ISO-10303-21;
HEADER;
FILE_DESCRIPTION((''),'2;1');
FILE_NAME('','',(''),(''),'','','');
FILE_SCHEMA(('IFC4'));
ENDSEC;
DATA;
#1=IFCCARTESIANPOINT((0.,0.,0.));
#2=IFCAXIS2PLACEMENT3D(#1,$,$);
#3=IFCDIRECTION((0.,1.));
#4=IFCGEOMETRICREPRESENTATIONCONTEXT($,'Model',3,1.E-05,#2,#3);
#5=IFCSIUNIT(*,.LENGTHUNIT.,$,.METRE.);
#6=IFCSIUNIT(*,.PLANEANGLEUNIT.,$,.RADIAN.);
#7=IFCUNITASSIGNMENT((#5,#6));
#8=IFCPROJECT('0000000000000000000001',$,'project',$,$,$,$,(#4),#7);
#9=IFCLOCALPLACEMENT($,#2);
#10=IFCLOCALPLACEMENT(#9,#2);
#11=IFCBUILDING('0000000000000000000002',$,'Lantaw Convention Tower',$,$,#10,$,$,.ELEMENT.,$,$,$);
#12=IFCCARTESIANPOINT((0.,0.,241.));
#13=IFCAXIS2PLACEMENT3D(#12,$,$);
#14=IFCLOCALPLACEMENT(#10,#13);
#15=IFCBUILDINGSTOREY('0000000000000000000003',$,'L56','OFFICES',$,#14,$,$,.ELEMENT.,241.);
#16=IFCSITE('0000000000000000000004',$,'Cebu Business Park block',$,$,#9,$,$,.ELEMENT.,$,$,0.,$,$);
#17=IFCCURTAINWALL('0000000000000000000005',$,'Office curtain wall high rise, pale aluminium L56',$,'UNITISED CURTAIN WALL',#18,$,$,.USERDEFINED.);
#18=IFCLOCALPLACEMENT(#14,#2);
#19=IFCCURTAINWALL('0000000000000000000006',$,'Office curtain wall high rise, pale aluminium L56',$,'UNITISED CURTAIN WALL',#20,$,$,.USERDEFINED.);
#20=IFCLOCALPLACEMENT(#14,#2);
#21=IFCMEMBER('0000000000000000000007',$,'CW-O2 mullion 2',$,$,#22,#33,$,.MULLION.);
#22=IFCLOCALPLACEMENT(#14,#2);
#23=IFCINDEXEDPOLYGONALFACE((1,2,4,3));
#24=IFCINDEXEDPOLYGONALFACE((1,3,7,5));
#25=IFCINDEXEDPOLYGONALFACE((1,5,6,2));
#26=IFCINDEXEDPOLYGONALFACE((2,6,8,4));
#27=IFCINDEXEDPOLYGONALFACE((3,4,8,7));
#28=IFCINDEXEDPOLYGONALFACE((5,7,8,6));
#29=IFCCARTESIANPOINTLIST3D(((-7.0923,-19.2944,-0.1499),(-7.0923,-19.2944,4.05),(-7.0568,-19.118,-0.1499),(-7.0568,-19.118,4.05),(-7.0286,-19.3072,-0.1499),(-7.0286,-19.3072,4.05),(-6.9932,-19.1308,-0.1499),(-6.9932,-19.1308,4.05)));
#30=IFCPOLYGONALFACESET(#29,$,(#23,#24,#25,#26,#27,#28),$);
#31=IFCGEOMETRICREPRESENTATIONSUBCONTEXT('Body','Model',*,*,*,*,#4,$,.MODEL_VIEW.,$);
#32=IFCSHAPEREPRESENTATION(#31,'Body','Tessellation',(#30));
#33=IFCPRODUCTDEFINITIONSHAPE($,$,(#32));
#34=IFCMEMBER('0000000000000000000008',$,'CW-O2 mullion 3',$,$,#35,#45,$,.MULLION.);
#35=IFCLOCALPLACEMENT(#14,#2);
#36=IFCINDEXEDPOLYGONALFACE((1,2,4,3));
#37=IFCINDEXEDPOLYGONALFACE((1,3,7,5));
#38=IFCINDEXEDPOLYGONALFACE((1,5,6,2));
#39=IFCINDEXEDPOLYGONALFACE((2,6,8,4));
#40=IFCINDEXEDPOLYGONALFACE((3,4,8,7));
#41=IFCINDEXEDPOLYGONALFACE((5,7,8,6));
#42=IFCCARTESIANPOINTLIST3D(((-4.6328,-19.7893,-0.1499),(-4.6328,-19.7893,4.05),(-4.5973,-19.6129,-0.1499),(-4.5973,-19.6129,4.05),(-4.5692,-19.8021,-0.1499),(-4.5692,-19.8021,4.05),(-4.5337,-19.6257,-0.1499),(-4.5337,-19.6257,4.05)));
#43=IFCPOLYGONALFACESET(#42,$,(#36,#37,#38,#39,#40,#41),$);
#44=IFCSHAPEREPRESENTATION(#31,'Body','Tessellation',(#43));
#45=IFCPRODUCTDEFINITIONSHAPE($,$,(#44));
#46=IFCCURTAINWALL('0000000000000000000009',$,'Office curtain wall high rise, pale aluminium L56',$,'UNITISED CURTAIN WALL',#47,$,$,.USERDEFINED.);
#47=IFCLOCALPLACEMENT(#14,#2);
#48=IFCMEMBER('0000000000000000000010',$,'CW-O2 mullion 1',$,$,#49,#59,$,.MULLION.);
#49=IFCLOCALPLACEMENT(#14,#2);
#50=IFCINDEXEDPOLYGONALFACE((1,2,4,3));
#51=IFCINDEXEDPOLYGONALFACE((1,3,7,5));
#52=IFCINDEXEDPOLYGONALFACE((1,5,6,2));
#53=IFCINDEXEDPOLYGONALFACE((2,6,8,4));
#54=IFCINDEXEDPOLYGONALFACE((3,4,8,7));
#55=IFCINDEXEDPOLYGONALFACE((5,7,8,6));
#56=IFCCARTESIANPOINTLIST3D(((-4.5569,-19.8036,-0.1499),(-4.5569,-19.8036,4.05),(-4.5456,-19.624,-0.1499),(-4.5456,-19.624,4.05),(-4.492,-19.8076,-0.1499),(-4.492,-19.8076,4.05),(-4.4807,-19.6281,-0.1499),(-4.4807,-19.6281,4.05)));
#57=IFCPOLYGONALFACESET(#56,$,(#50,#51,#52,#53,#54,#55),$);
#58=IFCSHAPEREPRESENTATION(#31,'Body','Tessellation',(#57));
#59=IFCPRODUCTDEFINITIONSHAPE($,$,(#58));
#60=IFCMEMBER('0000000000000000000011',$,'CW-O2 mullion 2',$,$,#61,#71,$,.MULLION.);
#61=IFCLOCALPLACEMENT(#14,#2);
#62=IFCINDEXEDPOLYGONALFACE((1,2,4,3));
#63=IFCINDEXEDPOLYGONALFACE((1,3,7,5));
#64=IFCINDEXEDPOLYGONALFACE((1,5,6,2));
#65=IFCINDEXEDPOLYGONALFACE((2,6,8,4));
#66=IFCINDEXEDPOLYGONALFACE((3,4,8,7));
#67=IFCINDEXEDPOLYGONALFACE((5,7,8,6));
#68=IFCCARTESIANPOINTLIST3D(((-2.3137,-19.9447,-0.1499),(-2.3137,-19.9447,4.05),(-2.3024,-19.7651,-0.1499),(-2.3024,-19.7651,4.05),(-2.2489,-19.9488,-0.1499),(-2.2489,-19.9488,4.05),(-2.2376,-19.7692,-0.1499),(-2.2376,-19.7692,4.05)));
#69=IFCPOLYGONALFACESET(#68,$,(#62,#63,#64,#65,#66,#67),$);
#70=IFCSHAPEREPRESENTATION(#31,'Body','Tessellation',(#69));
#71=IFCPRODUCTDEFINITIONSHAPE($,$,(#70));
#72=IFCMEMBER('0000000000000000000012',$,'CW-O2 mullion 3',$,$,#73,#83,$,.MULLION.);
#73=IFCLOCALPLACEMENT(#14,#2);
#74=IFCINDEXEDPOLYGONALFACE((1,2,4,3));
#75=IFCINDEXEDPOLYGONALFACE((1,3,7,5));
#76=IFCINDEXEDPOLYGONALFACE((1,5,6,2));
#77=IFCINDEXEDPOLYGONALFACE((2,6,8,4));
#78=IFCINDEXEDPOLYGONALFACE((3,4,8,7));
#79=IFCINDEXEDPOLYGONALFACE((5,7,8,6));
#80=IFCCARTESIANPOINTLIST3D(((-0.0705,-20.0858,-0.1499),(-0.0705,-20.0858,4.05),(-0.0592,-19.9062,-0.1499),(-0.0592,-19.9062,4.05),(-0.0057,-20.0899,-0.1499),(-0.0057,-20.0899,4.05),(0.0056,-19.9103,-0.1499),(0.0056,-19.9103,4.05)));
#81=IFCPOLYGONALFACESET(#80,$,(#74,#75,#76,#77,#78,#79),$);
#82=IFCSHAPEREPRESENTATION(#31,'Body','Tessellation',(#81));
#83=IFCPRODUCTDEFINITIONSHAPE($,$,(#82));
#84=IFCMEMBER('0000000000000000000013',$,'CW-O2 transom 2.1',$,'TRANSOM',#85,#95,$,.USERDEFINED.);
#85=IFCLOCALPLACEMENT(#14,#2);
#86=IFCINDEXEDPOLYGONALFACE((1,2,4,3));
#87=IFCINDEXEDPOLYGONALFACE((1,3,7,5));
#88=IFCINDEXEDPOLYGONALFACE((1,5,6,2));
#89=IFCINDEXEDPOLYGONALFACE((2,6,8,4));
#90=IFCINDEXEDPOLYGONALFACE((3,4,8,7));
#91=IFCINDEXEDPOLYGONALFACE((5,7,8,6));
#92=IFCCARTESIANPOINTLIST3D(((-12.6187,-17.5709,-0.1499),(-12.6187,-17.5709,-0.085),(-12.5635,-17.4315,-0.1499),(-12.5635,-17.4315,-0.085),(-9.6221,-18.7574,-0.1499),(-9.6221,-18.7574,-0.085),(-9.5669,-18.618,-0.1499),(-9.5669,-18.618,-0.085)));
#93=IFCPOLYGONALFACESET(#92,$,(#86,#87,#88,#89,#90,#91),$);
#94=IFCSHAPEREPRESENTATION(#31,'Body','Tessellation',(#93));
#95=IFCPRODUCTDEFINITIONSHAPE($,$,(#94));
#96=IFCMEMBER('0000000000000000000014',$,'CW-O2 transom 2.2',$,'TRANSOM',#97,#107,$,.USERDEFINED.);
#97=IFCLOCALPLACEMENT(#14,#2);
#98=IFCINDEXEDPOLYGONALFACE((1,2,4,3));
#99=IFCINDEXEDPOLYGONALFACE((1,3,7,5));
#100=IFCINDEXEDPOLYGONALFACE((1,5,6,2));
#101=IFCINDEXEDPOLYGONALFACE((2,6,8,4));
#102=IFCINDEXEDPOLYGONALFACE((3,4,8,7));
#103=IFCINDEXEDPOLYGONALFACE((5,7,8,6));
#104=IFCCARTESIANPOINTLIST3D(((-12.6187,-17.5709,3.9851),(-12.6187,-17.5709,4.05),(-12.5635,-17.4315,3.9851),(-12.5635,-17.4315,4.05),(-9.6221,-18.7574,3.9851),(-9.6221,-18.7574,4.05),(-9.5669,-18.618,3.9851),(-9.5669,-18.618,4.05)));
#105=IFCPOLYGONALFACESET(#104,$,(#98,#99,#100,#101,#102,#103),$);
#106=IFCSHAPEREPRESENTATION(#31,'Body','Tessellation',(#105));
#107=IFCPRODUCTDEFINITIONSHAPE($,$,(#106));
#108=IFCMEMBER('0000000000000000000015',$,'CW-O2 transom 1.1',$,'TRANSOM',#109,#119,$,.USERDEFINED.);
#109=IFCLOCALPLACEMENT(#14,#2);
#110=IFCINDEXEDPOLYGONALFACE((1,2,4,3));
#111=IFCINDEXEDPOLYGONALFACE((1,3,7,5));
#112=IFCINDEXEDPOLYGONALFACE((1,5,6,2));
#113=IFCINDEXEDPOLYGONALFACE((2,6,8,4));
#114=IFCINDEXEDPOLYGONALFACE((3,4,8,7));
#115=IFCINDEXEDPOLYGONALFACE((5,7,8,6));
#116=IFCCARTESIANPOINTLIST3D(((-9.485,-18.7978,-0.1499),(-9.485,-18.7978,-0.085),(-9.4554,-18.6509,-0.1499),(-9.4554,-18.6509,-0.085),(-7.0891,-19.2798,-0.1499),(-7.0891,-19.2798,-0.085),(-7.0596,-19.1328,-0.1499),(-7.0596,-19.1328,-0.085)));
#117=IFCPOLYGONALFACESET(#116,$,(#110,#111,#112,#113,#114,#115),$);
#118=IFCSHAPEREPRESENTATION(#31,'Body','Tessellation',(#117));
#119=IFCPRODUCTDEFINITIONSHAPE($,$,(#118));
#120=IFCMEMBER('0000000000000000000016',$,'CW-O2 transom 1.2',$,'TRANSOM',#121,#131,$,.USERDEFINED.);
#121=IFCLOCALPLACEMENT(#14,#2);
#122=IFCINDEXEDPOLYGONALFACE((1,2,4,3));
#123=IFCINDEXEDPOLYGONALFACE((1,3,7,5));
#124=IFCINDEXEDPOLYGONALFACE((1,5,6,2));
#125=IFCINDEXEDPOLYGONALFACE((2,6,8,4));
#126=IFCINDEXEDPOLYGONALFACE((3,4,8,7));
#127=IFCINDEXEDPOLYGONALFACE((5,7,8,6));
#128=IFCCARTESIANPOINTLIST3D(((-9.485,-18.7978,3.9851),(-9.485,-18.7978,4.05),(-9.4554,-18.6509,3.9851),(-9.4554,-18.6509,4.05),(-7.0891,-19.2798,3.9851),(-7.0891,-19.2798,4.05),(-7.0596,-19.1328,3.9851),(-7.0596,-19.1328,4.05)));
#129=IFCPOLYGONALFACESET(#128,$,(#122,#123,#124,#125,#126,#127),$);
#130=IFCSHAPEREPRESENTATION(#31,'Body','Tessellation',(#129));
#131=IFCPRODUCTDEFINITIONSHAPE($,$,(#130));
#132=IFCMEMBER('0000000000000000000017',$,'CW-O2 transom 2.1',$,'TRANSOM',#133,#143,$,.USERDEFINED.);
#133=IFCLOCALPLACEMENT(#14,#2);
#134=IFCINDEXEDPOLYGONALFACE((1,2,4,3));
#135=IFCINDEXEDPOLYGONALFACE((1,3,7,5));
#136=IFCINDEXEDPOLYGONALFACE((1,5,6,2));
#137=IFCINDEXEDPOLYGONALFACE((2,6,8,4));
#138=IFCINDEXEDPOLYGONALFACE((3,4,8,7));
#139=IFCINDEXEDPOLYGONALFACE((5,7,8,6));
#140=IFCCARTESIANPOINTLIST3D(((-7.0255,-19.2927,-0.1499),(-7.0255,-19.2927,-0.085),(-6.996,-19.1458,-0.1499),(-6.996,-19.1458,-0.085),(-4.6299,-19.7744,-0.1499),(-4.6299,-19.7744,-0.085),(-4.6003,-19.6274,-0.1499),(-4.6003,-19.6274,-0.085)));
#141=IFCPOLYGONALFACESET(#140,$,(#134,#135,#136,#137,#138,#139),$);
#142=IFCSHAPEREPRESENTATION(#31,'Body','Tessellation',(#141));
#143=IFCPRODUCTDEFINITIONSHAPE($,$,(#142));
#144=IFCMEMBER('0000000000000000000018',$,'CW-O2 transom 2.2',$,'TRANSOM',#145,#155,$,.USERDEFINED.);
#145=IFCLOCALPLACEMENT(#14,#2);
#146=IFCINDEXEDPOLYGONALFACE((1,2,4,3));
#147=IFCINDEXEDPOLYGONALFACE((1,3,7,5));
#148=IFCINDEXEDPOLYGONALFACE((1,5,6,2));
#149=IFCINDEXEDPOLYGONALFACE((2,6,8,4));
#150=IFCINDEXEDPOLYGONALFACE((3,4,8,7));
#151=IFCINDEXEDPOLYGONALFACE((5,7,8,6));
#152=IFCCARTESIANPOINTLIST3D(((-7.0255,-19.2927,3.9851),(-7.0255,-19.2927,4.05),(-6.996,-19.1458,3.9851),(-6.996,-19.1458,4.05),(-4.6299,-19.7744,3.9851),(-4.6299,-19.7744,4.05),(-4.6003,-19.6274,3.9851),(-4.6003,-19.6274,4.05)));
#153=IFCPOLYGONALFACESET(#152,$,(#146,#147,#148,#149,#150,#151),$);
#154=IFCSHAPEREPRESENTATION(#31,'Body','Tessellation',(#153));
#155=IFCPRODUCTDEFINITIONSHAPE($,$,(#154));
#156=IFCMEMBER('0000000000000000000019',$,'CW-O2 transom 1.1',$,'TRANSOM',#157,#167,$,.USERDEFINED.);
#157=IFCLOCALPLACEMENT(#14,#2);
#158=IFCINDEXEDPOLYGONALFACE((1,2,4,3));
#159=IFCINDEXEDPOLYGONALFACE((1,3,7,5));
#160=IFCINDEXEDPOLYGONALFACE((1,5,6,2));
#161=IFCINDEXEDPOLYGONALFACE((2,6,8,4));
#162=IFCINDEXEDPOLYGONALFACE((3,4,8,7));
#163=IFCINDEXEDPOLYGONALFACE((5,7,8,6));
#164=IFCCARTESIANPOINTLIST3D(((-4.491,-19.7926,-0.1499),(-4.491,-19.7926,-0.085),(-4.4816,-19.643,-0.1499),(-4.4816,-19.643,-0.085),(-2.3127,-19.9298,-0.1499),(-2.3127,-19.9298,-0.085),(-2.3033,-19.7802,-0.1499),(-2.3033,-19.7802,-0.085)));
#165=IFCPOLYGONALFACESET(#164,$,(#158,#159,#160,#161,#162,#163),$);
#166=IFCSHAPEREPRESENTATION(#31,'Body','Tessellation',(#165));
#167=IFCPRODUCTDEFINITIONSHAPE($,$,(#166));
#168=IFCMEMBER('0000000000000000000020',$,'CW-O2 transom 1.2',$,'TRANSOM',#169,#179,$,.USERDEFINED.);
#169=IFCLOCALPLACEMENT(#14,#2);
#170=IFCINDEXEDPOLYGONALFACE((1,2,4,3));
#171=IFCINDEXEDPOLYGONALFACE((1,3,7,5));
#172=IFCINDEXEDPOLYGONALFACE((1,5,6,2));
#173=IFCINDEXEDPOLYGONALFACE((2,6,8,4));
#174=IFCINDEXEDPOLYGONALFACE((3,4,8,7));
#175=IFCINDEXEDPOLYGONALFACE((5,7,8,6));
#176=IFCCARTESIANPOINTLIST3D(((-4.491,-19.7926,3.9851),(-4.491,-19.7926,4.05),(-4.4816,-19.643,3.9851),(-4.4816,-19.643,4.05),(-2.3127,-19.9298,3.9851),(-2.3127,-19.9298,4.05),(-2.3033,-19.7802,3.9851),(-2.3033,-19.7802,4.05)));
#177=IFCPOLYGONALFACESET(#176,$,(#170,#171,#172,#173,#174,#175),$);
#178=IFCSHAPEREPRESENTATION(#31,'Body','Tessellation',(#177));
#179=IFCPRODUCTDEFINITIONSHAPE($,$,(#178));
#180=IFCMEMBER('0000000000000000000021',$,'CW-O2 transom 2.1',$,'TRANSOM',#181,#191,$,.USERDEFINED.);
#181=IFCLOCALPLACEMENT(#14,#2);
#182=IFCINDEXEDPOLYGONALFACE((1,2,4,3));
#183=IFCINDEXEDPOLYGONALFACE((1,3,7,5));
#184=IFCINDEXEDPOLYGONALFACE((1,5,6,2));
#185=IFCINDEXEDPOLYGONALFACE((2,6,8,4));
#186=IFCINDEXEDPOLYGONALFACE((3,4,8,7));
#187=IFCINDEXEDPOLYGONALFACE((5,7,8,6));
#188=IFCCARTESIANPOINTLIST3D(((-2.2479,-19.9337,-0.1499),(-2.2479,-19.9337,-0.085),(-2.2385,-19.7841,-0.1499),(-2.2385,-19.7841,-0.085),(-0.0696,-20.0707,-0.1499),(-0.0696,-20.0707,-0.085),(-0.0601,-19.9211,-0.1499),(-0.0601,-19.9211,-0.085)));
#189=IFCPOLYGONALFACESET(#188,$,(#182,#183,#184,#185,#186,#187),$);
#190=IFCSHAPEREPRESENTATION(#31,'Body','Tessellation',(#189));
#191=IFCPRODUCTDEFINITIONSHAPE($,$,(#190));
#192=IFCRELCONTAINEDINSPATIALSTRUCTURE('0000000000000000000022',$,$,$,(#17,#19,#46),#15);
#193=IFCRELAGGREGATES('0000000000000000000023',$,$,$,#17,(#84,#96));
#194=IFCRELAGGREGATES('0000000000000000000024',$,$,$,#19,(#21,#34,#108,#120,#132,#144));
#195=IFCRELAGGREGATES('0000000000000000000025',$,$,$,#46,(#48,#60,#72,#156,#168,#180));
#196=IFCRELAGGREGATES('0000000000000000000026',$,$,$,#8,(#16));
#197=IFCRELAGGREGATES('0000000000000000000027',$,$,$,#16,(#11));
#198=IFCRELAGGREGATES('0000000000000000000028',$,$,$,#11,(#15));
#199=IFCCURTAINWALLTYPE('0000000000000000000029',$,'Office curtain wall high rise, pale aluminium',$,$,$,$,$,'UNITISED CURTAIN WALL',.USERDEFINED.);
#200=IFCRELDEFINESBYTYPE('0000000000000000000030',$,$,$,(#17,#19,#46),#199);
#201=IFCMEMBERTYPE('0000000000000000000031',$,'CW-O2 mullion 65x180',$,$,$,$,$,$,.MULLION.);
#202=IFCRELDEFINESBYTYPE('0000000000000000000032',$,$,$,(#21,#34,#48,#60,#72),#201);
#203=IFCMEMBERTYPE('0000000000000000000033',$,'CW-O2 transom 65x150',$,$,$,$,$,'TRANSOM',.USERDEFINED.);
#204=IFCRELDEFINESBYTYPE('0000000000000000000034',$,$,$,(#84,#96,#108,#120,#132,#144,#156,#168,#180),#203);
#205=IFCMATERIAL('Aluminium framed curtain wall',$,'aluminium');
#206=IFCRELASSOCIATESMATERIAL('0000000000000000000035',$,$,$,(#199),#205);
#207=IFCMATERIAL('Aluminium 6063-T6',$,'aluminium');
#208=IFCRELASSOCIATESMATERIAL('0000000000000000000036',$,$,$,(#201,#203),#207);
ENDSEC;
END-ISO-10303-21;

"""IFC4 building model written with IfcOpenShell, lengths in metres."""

from ifc_helpers import new_model, si_unit, direction, frame, origin, origin_2d, place, context, subcontext, project, spatial, rectangle, extrude, material, material_profile, profile_set, type_object, element, aggregate, save


model = new_model("IFC4")

# Units and contexts
model_context = context("Model", 3, precision=1e-05, world=origin(), true_north=direction((0.0, 1.0)))
body_context = subcontext(model_context, "Body", "Model", "MODEL_VIEW")
ifc_project = project(units=[si_unit("LENGTHUNIT", "METRE"), si_unit("PLANEANGLEUNIT", "RADIAN")], contexts=[model_context])

# Site, building, storey
site_placement = place(None, origin())
site = spatial("IfcSite", under=ifc_project, at=site_placement, Name="Cebu Business Park block", CompositionType="ELEMENT", RefElevation=0.0)
building_placement = place(site_placement, origin())
building = spatial("IfcBuilding", under=site, at=building_placement, Name="Lantaw Convention Tower", CompositionType="ELEMENT")
storey_placement = place(building_placement, frame((0.0, 0.0, 241.0)))
storey = spatial("IfcBuildingStorey", under=building, at=storey_placement, Name="L56", Description="OFFICES", CompositionType="ELEMENT", Elevation=241.0)

# Curtain walls, members
ifc_material_1 = material(Name="Aluminium framed curtain wall", Category="aluminium")
curtain_wall_type = type_object("IfcCurtainWallType", Name="Office curtain wall high rise, pale aluminium", ElementType="UNITISED CURTAIN WALL", PredefinedType="USERDEFINED", material=ifc_material_1)
curtain_wall_1_placement = place(storey_placement, origin())
curtain_wall_1 = element("IfcCurtainWall", 1, at=curtain_wall_1_placement, inside=storey, type_object=curtain_wall_type, Name="Office curtain wall high rise, pale aluminium L56", ObjectType="UNITISED CURTAIN WALL", PredefinedType="USERDEFINED")
ifc_material_2 = material(Name="Aluminium 6063-T6", Category="aluminium")
ifc_material_profile_1 = material_profile(ifc_material_2, rectangle(XDim=0.1799, YDim=0.0649, at=origin_2d()), Name="CW-O2 mullion 65x180")
ifc_profile_set_1 = profile_set([ifc_material_profile_1], Name="Aluminium 6063-T6")
member_type_1 = type_object("IfcMemberType", Name="CW-O2 mullion 65x180", PredefinedType="MULLION", material=ifc_profile_set_1)
curtain_wall_2_placement = place(storey_placement, origin())
curtain_wall_2 = element("IfcCurtainWall", 2, at=curtain_wall_2_placement, inside=storey, type_object=curtain_wall_type, Name="Office curtain wall high rise, pale aluminium L56", ObjectType="UNITISED CURTAIN WALL", PredefinedType="USERDEFINED")
member_1_placement = place(storey_placement, frame((-7.0427, -19.2126, -0.1499), z_axis=(0.0, 0.0, 1.0), x_axis=(0.197183, 0.980367, 0.0)))
member_1 = element("IfcMember", 3, at=member_1_placement, type_object=member_type_1, Name="CW-O2 mullion 2", PredefinedType="MULLION", context=body_context, shape_type="SweptSolid", body=[
    extrude(rectangle(XDim=0.1799, YDim=0.0649, at=origin_2d()), origin(), (0.0, 0.0, 1.0), 4.2),
])
member_2_placement = place(storey_placement, frame((-4.5833, -19.7075, -0.1499), z_axis=(0.0, 0.0, 1.0), x_axis=(0.197183, 0.980367, 0.0)))
member_2 = element("IfcMember", 4, at=member_2_placement, type_object=member_type_1, Name="CW-O2 mullion 3", PredefinedType="MULLION", context=body_context, shape_type="SweptSolid", body=[
    extrude(rectangle(XDim=0.1799, YDim=0.0649, at=origin_2d()), origin(), (0.0, 0.0, 1.0), 4.2),
])
curtain_wall_3_placement = place(storey_placement, origin())
curtain_wall_3 = element("IfcCurtainWall", 5, at=curtain_wall_3_placement, inside=storey, type_object=curtain_wall_type, Name="Office curtain wall high rise, pale aluminium L56", ObjectType="UNITISED CURTAIN WALL", PredefinedType="USERDEFINED")
member_3_placement = place(storey_placement, frame((-4.5188, -19.7158, -0.1499), z_axis=(0.0, 0.0, 1.0), x_axis=(0.062758, 0.998029, 0.0)))
member_3 = element("IfcMember", 6, at=member_3_placement, type_object=member_type_1, Name="CW-O2 mullion 1", PredefinedType="MULLION", context=body_context, shape_type="SweptSolid", body=[
    extrude(rectangle(XDim=0.1799, YDim=0.0649, at=origin_2d()), origin(), (0.0, 0.0, 1.0), 4.2),
])
member_4_placement = place(storey_placement, frame((-2.2756, -19.8569, -0.1499), z_axis=(0.0, 0.0, 1.0), x_axis=(0.062758, 0.998029, 0.0)))
member_4 = element("IfcMember", 7, at=member_4_placement, type_object=member_type_1, Name="CW-O2 mullion 2", PredefinedType="MULLION", context=body_context, shape_type="SweptSolid", body=[
    extrude(rectangle(XDim=0.1799, YDim=0.0649, at=origin_2d()), origin(), (0.0, 0.0, 1.0), 4.2),
])
member_5_placement = place(storey_placement, frame((-0.0325, -19.998, -0.1499), z_axis=(0.0, 0.0, 1.0), x_axis=(0.062758, 0.998029, 0.0)))
member_5 = element("IfcMember", 8, at=member_5_placement, type_object=member_type_1, Name="CW-O2 mullion 3", PredefinedType="MULLION", context=body_context, shape_type="SweptSolid", body=[
    extrude(rectangle(XDim=0.1799, YDim=0.0649, at=origin_2d()), origin(), (0.0, 0.0, 1.0), 4.2),
])

# Members
ifc_material_profile_2 = material_profile(ifc_material_2, rectangle(XDim=0.1499, YDim=0.0649, at=origin_2d()), Name="CW-O2 transom 65x150")
ifc_profile_set_2 = profile_set([ifc_material_profile_2], Name="Aluminium 6063-T6")
member_type_2 = type_object("IfcMemberType", Name="CW-O2 transom 65x150", ElementType="TRANSOM", PredefinedType="USERDEFINED", material=ifc_profile_set_2)
member_6_placement = place(storey_placement, frame((-12.5911, -17.5012, -0.1174), z_axis=(0.929767, -0.368149, 0.0), x_axis=(0.368149, 0.929767, 0.0)))
member_6 = element("IfcMember", 9, at=member_6_placement, type_object=member_type_2, Name="CW-O2 transom 2.1", ObjectType="TRANSOM", PredefinedType="USERDEFINED", context=body_context, shape_type="SweptSolid", body=[
    extrude(rectangle(XDim=0.1499, YDim=0.0649, at=origin_2d()), origin(), (0.0, 0.0, 1.0), 3.2229),
])
member_7_placement = place(storey_placement, frame((-12.5911, -17.5012, 4.0176), z_axis=(0.929767, -0.368149, 0.0), x_axis=(0.368149, 0.929767, 0.0)))
member_7 = element("IfcMember", 10, at=member_7_placement, type_object=member_type_2, Name="CW-O2 transom 2.2", ObjectType="TRANSOM", PredefinedType="USERDEFINED", context=body_context, shape_type="SweptSolid", body=[
    extrude(rectangle(XDim=0.1499, YDim=0.0649, at=origin_2d()), origin(), (0.0, 0.0, 1.0), 3.2229),
])
member_8_placement = place(storey_placement, frame((-9.4702, -18.7244, -0.1174), z_axis=(0.980361, -0.197211, 0.0), x_axis=(0.197211, 0.980361, 0.0)))
member_8 = element("IfcMember", 11, at=member_8_placement, type_object=member_type_2, Name="CW-O2 transom 1.1", ObjectType="TRANSOM", PredefinedType="USERDEFINED", context=body_context, shape_type="SweptSolid", body=[
    extrude(rectangle(XDim=0.1499, YDim=0.0649, at=origin_2d()), origin(), (0.0, 0.0, 1.0), 2.4438),
])
member_9_placement = place(storey_placement, frame((-9.4702, -18.7244, 4.0176), z_axis=(0.980361, -0.197211, 0.0), x_axis=(0.197211, 0.980361, 0.0)))
member_9 = element("IfcMember", 12, at=member_9_placement, type_object=member_type_2, Name="CW-O2 transom 1.2", ObjectType="TRANSOM", PredefinedType="USERDEFINED", context=body_context, shape_type="SweptSolid", body=[
    extrude(rectangle(XDim=0.1499, YDim=0.0649, at=origin_2d()), origin(), (0.0, 0.0, 1.0), 2.4438),
])
member_10_placement = place(storey_placement, frame((-7.0107, -19.2192, -0.1174), z_axis=(0.98038, -0.197115, 0.0), x_axis=(0.197115, 0.98038, 0.0)))
member_10 = element("IfcMember", 13, at=member_10_placement, type_object=member_type_2, Name="CW-O2 transom 2.1", ObjectType="TRANSOM", PredefinedType="USERDEFINED", context=body_context, shape_type="SweptSolid", body=[
    extrude(rectangle(XDim=0.1499, YDim=0.0649, at=origin_2d()), origin(), (0.0, 0.0, 1.0), 2.4436),
])
member_11_placement = place(storey_placement, frame((-7.0107, -19.2192, 4.0176), z_axis=(0.98038, -0.197115, 0.0), x_axis=(0.197115, 0.98038, 0.0)))
member_11 = element("IfcMember", 14, at=member_11_placement, type_object=member_type_2, Name="CW-O2 transom 2.2", ObjectType="TRANSOM", PredefinedType="USERDEFINED", context=body_context, shape_type="SweptSolid", body=[
    extrude(rectangle(XDim=0.1499, YDim=0.0649, at=origin_2d()), origin(), (0.0, 0.0, 1.0), 2.4436),
])
member_12_placement = place(storey_placement, frame((-4.4863, -19.7178, -0.1174), z_axis=(0.998022, -0.062866, 0.0), x_axis=(0.062866, 0.998022, 0.0)))
member_12 = element("IfcMember", 15, at=member_12_placement, type_object=member_type_2, Name="CW-O2 transom 1.1", ObjectType="TRANSOM", PredefinedType="USERDEFINED", context=body_context, shape_type="SweptSolid", body=[
    extrude(rectangle(XDim=0.1499, YDim=0.0649, at=origin_2d()), origin(), (0.0, 0.0, 1.0), 2.1826),
])
member_13_placement = place(storey_placement, frame((-4.4863, -19.7178, 4.0176), z_axis=(0.998022, -0.062866, 0.0), x_axis=(0.062866, 0.998022, 0.0)))
member_13 = element("IfcMember", 16, at=member_13_placement, type_object=member_type_2, Name="CW-O2 transom 1.2", ObjectType="TRANSOM", PredefinedType="USERDEFINED", context=body_context, shape_type="SweptSolid", body=[
    extrude(rectangle(XDim=0.1499, YDim=0.0649, at=origin_2d()), origin(), (0.0, 0.0, 1.0), 2.1826),
])
member_14_placement = place(storey_placement, frame((-2.2432, -19.8589, -0.1174), z_axis=(0.998029, -0.062754, 0.0), x_axis=(0.062754, 0.998029, 0.0)))
member_14 = element("IfcMember", 17, at=member_14_placement, type_object=member_type_2, Name="CW-O2 transom 2.1", ObjectType="TRANSOM", PredefinedType="USERDEFINED", context=body_context, shape_type="SweptSolid", body=[
    extrude(rectangle(XDim=0.1499, YDim=0.0649, at=origin_2d()), origin(), (0.0, 0.0, 1.0), 2.1826),
])

aggregate(curtain_wall_1, [member_6, member_7])
aggregate(curtain_wall_2, [member_1, member_2, member_8, member_9, member_10, member_11])
aggregate(curtain_wall_3, [member_3, member_4, member_5, member_12, member_13, member_14])

save(model, "model.ifc")
